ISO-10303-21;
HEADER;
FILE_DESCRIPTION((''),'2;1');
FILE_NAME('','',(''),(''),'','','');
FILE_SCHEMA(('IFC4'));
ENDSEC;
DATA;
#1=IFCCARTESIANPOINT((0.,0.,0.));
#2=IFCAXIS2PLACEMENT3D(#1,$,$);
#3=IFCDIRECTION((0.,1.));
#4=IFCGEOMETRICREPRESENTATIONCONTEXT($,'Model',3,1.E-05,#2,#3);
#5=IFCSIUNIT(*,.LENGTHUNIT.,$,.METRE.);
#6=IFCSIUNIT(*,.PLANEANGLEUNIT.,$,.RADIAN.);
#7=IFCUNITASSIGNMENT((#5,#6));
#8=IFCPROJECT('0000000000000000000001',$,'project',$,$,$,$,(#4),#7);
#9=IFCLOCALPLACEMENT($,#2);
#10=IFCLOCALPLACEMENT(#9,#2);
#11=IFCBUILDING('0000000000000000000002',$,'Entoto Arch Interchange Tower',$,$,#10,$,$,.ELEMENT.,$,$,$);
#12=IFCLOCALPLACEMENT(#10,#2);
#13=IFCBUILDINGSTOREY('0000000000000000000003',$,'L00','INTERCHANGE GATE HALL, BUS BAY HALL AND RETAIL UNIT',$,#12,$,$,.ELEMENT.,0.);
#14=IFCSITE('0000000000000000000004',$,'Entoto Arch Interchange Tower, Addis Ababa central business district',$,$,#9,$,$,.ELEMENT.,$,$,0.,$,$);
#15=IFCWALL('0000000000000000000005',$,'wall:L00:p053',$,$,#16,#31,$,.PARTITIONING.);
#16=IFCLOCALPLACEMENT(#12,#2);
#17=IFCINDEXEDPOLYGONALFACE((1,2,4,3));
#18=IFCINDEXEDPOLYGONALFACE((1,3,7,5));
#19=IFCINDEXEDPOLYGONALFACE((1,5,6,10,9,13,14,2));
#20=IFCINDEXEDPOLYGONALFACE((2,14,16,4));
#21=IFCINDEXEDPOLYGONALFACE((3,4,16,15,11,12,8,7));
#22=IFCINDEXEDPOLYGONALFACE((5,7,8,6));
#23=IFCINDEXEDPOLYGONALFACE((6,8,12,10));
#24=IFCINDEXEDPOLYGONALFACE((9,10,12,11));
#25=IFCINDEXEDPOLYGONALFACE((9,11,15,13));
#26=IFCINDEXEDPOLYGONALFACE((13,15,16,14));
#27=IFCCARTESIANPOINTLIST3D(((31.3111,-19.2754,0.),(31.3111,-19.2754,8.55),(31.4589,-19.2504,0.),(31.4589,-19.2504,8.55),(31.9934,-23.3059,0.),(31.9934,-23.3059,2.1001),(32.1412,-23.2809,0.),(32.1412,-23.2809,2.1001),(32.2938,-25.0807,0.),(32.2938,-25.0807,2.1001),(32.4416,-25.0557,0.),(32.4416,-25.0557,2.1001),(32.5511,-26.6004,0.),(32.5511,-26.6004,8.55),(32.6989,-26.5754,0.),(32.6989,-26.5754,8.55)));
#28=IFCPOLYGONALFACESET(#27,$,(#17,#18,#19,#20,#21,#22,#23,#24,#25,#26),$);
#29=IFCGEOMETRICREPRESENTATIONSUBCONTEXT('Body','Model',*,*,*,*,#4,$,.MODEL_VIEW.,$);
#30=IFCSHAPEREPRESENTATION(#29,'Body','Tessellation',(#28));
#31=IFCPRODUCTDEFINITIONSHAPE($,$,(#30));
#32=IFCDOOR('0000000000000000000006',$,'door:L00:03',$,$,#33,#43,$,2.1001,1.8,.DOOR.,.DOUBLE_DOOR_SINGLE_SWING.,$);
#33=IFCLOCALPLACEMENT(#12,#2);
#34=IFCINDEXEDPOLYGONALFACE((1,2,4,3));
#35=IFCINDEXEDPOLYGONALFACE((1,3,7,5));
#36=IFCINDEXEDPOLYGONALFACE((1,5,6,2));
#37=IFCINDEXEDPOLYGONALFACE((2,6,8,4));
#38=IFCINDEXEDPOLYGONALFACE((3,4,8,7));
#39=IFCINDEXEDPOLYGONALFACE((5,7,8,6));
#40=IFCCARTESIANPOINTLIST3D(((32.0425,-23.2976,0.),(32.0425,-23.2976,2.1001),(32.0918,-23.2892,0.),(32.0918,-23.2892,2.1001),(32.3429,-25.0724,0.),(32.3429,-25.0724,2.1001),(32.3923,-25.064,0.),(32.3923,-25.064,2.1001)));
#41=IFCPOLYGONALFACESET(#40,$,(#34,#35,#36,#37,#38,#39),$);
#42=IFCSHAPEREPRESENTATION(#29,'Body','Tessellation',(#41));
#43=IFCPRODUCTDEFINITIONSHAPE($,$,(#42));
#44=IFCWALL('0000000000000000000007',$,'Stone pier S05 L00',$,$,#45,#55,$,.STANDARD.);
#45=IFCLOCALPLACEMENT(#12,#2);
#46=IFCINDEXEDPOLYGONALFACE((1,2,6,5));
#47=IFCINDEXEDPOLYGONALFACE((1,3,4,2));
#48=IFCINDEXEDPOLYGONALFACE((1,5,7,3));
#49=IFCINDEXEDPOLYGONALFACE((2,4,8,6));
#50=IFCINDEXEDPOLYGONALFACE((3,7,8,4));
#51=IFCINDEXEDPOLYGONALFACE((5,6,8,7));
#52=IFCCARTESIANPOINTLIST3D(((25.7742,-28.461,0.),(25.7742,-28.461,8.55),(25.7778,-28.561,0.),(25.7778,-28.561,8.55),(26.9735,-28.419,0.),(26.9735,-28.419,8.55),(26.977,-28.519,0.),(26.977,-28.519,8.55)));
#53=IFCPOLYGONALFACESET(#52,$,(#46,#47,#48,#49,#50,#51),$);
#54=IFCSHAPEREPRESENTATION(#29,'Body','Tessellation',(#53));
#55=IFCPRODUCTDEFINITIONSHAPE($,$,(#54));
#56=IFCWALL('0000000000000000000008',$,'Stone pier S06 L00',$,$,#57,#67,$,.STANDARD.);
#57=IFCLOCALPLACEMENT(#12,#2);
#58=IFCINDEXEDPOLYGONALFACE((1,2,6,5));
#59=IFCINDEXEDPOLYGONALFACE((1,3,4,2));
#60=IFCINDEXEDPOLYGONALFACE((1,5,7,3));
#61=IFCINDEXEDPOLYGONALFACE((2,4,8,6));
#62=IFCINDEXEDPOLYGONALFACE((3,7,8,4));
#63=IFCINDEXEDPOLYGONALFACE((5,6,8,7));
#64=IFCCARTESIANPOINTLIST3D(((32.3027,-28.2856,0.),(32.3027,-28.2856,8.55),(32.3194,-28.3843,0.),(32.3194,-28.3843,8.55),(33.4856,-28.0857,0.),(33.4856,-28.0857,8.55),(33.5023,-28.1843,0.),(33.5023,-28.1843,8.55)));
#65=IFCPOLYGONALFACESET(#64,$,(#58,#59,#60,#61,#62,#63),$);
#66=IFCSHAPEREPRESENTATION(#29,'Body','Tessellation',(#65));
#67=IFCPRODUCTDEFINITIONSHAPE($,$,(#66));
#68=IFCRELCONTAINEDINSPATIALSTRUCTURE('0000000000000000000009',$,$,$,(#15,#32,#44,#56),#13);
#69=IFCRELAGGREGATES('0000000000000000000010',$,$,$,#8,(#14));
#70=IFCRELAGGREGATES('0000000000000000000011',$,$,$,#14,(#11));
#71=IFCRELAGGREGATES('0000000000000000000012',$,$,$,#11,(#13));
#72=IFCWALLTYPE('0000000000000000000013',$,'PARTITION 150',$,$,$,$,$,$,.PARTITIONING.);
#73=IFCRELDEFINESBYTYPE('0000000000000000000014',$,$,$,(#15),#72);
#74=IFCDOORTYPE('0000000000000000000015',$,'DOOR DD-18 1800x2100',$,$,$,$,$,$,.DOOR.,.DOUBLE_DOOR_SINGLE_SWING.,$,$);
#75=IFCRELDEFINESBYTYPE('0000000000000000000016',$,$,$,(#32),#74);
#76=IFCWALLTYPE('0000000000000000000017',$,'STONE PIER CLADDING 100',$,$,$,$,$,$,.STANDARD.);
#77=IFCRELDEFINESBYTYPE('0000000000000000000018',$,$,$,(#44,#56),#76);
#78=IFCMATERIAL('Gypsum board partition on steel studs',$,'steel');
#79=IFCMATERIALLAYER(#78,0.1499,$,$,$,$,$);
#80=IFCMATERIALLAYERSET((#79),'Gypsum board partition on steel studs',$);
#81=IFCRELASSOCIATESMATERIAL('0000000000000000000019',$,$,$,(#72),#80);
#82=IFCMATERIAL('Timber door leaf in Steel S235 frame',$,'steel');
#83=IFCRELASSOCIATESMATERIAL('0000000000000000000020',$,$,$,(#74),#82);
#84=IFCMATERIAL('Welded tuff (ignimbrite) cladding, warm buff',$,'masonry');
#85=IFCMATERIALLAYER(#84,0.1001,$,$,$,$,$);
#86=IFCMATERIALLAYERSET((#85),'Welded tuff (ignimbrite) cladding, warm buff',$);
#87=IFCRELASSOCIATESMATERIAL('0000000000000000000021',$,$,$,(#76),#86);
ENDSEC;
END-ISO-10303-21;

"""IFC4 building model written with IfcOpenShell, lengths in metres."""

from ifc_helpers import new_model, si_unit, direction, frame, frame_2d, origin, place, context, subcontext, project, spatial, rectangle, extrude, material, layer, layer_set, type_object, element, fill, save


model = new_model("IFC4")

# Units and contexts
model_context = context("Model", 3, precision=1e-05, world=origin(), true_north=direction((0.0, 1.0)))
body_context = subcontext(model_context, "Body", "Model", "MODEL_VIEW")
ifc_project = project(units=[si_unit("LENGTHUNIT", "METRE"), si_unit("PLANEANGLEUNIT", "RADIAN")], contexts=[model_context])

# Site, building, storey
site_placement = place(None, origin())
site = spatial("IfcSite", under=ifc_project, at=site_placement, Name="Entoto Arch Interchange Tower, Addis Ababa central business district", CompositionType="ELEMENT", RefElevation=0.0)
building_placement = place(site_placement, origin())
building = spatial("IfcBuilding", under=site, at=building_placement, Name="Entoto Arch Interchange Tower", CompositionType="ELEMENT")
storey_placement = place(building_placement, origin())
storey = spatial("IfcBuildingStorey", under=building, at=storey_placement, Name="L00", Description="INTERCHANGE GATE HALL, BUS BAY HALL AND RETAIL UNIT", CompositionType="ELEMENT", Elevation=0.0)

# Shared definitions
ifc_material_1 = material(Name="Gypsum board partition on steel studs", Category="steel")
ifc_layer_1 = layer(ifc_material_1, 0.1499)
ifc_layer_set_1 = layer_set([ifc_layer_1], Name="Gypsum board partition on steel studs")
wall_type_1 = type_object("IfcWallType", Name="PARTITION 150", PredefinedType="PARTITIONING", material=ifc_layer_set_1)

# Wall, opening, door
wall_1_placement = place(storey_placement, frame((31.385, -19.2629, 0.0), z_axis=(0.0, 0.0, 1.0), x_axis=(0.166908, -0.985972, 0.0)))
wall_1 = element("IfcWall", 1, at=wall_1_placement, inside=storey, type_object=wall_type_1, Name="wall:L00:p053", PredefinedType="PARTITIONING", context=body_context, shape_type="SweptSolid", body=[
    extrude(rectangle(XDim=7.4292, YDim=0.1499, at=frame_2d((3.7146, 0.0))), origin(), (0.0, 0.0, 1.0), 8.55),
])
opening_1_placement = place(wall_1_placement, frame((4.0879, 0.0, 0.0)))
opening_1 = element("IfcOpeningElement", 2, at=opening_1_placement, cuts=wall_1, PredefinedType="OPENING", context=body_context, shape_type="SweptSolid", body=[
    extrude(rectangle(XDim=1.8, YDim=2.1001, at=frame_2d((0.8999, 1.05))), frame((0.0, 0.085, 0.0), z_axis=(0.0, -1.0, 0.0), x_axis=(1.0, 0.0, 0.0)), (0.0, 0.0, 1.0), 0.1699),
])
ifc_material_2 = material(Name="Timber door leaf in Steel S235 frame", Category="steel")
door_type_1 = type_object("IfcDoorType", Name="DOOR DD-18 1800x2100", OperationType="DOUBLE_DOOR_SINGLE_SWING", PredefinedType="DOOR", material=ifc_material_2)
door_1_placement = place(opening_1_placement, origin())
door_1 = element("IfcDoor", 3, at=door_1_placement, inside=storey, type_object=door_type_1, Name="door:L00:03", OperationType="DOUBLE_DOOR_SINGLE_SWING", OverallHeight=2.1001, OverallWidth=1.8, PredefinedType="DOOR", context=body_context, shape_type="SweptSolid", body=[
    extrude(rectangle(XDim=1.8, YDim=2.1001, at=frame_2d((0.8999, 1.05))), frame((0.0, 0.0249, 0.0), z_axis=(0.0, -1.0, 0.0), x_axis=(1.0, 0.0, 0.0)), (0.0, 0.0, 1.0), 0.05),
])
fill(opening_1, door_1)
ifc_material_3 = material(Name="Welded tuff (ignimbrite) cladding, warm buff", Category="masonry")

# Walls
ifc_layer_2 = layer(ifc_material_3, 0.1001)
ifc_layer_set_2 = layer_set([ifc_layer_2], Name="Welded tuff (ignimbrite) cladding, warm buff")
wall_type_2 = type_object("IfcWallType", Name="STONE PIER CLADDING 100", PredefinedType="STANDARD", material=ifc_layer_set_2)
wall_2_placement = place(storey_placement, frame((25.7759, -28.511, 0.0), z_axis=(0.0, 0.0, 1.0), x_axis=(0.999387, 0.034995, 0.0)))
element("IfcWall", 4, at=wall_2_placement, inside=storey, type_object=wall_type_2, Name="Stone pier S05 L00", PredefinedType="STANDARD", context=body_context, shape_type="SweptSolid", body=[
    extrude(rectangle(XDim=1.2, YDim=0.1001, at=frame_2d((0.6001, 0.0))), origin(), (0.0, 0.0, 1.0), 8.55),
])
wall_3_placement = place(storey_placement, frame((32.311, -28.335, 0.0), z_axis=(0.0, 0.0, 1.0), x_axis=(0.986012, 0.166676, 0.0)))
element("IfcWall", 5, at=wall_3_placement, inside=storey, type_object=wall_type_2, Name="Stone pier S06 L00", PredefinedType="STANDARD", context=body_context, shape_type="SweptSolid", body=[
    extrude(rectangle(XDim=1.1997, YDim=0.1001, at=frame_2d((0.5999, 0.0))), origin(), (0.0, 0.0, 1.0), 8.55),
])

save(model, "model.ifc")
